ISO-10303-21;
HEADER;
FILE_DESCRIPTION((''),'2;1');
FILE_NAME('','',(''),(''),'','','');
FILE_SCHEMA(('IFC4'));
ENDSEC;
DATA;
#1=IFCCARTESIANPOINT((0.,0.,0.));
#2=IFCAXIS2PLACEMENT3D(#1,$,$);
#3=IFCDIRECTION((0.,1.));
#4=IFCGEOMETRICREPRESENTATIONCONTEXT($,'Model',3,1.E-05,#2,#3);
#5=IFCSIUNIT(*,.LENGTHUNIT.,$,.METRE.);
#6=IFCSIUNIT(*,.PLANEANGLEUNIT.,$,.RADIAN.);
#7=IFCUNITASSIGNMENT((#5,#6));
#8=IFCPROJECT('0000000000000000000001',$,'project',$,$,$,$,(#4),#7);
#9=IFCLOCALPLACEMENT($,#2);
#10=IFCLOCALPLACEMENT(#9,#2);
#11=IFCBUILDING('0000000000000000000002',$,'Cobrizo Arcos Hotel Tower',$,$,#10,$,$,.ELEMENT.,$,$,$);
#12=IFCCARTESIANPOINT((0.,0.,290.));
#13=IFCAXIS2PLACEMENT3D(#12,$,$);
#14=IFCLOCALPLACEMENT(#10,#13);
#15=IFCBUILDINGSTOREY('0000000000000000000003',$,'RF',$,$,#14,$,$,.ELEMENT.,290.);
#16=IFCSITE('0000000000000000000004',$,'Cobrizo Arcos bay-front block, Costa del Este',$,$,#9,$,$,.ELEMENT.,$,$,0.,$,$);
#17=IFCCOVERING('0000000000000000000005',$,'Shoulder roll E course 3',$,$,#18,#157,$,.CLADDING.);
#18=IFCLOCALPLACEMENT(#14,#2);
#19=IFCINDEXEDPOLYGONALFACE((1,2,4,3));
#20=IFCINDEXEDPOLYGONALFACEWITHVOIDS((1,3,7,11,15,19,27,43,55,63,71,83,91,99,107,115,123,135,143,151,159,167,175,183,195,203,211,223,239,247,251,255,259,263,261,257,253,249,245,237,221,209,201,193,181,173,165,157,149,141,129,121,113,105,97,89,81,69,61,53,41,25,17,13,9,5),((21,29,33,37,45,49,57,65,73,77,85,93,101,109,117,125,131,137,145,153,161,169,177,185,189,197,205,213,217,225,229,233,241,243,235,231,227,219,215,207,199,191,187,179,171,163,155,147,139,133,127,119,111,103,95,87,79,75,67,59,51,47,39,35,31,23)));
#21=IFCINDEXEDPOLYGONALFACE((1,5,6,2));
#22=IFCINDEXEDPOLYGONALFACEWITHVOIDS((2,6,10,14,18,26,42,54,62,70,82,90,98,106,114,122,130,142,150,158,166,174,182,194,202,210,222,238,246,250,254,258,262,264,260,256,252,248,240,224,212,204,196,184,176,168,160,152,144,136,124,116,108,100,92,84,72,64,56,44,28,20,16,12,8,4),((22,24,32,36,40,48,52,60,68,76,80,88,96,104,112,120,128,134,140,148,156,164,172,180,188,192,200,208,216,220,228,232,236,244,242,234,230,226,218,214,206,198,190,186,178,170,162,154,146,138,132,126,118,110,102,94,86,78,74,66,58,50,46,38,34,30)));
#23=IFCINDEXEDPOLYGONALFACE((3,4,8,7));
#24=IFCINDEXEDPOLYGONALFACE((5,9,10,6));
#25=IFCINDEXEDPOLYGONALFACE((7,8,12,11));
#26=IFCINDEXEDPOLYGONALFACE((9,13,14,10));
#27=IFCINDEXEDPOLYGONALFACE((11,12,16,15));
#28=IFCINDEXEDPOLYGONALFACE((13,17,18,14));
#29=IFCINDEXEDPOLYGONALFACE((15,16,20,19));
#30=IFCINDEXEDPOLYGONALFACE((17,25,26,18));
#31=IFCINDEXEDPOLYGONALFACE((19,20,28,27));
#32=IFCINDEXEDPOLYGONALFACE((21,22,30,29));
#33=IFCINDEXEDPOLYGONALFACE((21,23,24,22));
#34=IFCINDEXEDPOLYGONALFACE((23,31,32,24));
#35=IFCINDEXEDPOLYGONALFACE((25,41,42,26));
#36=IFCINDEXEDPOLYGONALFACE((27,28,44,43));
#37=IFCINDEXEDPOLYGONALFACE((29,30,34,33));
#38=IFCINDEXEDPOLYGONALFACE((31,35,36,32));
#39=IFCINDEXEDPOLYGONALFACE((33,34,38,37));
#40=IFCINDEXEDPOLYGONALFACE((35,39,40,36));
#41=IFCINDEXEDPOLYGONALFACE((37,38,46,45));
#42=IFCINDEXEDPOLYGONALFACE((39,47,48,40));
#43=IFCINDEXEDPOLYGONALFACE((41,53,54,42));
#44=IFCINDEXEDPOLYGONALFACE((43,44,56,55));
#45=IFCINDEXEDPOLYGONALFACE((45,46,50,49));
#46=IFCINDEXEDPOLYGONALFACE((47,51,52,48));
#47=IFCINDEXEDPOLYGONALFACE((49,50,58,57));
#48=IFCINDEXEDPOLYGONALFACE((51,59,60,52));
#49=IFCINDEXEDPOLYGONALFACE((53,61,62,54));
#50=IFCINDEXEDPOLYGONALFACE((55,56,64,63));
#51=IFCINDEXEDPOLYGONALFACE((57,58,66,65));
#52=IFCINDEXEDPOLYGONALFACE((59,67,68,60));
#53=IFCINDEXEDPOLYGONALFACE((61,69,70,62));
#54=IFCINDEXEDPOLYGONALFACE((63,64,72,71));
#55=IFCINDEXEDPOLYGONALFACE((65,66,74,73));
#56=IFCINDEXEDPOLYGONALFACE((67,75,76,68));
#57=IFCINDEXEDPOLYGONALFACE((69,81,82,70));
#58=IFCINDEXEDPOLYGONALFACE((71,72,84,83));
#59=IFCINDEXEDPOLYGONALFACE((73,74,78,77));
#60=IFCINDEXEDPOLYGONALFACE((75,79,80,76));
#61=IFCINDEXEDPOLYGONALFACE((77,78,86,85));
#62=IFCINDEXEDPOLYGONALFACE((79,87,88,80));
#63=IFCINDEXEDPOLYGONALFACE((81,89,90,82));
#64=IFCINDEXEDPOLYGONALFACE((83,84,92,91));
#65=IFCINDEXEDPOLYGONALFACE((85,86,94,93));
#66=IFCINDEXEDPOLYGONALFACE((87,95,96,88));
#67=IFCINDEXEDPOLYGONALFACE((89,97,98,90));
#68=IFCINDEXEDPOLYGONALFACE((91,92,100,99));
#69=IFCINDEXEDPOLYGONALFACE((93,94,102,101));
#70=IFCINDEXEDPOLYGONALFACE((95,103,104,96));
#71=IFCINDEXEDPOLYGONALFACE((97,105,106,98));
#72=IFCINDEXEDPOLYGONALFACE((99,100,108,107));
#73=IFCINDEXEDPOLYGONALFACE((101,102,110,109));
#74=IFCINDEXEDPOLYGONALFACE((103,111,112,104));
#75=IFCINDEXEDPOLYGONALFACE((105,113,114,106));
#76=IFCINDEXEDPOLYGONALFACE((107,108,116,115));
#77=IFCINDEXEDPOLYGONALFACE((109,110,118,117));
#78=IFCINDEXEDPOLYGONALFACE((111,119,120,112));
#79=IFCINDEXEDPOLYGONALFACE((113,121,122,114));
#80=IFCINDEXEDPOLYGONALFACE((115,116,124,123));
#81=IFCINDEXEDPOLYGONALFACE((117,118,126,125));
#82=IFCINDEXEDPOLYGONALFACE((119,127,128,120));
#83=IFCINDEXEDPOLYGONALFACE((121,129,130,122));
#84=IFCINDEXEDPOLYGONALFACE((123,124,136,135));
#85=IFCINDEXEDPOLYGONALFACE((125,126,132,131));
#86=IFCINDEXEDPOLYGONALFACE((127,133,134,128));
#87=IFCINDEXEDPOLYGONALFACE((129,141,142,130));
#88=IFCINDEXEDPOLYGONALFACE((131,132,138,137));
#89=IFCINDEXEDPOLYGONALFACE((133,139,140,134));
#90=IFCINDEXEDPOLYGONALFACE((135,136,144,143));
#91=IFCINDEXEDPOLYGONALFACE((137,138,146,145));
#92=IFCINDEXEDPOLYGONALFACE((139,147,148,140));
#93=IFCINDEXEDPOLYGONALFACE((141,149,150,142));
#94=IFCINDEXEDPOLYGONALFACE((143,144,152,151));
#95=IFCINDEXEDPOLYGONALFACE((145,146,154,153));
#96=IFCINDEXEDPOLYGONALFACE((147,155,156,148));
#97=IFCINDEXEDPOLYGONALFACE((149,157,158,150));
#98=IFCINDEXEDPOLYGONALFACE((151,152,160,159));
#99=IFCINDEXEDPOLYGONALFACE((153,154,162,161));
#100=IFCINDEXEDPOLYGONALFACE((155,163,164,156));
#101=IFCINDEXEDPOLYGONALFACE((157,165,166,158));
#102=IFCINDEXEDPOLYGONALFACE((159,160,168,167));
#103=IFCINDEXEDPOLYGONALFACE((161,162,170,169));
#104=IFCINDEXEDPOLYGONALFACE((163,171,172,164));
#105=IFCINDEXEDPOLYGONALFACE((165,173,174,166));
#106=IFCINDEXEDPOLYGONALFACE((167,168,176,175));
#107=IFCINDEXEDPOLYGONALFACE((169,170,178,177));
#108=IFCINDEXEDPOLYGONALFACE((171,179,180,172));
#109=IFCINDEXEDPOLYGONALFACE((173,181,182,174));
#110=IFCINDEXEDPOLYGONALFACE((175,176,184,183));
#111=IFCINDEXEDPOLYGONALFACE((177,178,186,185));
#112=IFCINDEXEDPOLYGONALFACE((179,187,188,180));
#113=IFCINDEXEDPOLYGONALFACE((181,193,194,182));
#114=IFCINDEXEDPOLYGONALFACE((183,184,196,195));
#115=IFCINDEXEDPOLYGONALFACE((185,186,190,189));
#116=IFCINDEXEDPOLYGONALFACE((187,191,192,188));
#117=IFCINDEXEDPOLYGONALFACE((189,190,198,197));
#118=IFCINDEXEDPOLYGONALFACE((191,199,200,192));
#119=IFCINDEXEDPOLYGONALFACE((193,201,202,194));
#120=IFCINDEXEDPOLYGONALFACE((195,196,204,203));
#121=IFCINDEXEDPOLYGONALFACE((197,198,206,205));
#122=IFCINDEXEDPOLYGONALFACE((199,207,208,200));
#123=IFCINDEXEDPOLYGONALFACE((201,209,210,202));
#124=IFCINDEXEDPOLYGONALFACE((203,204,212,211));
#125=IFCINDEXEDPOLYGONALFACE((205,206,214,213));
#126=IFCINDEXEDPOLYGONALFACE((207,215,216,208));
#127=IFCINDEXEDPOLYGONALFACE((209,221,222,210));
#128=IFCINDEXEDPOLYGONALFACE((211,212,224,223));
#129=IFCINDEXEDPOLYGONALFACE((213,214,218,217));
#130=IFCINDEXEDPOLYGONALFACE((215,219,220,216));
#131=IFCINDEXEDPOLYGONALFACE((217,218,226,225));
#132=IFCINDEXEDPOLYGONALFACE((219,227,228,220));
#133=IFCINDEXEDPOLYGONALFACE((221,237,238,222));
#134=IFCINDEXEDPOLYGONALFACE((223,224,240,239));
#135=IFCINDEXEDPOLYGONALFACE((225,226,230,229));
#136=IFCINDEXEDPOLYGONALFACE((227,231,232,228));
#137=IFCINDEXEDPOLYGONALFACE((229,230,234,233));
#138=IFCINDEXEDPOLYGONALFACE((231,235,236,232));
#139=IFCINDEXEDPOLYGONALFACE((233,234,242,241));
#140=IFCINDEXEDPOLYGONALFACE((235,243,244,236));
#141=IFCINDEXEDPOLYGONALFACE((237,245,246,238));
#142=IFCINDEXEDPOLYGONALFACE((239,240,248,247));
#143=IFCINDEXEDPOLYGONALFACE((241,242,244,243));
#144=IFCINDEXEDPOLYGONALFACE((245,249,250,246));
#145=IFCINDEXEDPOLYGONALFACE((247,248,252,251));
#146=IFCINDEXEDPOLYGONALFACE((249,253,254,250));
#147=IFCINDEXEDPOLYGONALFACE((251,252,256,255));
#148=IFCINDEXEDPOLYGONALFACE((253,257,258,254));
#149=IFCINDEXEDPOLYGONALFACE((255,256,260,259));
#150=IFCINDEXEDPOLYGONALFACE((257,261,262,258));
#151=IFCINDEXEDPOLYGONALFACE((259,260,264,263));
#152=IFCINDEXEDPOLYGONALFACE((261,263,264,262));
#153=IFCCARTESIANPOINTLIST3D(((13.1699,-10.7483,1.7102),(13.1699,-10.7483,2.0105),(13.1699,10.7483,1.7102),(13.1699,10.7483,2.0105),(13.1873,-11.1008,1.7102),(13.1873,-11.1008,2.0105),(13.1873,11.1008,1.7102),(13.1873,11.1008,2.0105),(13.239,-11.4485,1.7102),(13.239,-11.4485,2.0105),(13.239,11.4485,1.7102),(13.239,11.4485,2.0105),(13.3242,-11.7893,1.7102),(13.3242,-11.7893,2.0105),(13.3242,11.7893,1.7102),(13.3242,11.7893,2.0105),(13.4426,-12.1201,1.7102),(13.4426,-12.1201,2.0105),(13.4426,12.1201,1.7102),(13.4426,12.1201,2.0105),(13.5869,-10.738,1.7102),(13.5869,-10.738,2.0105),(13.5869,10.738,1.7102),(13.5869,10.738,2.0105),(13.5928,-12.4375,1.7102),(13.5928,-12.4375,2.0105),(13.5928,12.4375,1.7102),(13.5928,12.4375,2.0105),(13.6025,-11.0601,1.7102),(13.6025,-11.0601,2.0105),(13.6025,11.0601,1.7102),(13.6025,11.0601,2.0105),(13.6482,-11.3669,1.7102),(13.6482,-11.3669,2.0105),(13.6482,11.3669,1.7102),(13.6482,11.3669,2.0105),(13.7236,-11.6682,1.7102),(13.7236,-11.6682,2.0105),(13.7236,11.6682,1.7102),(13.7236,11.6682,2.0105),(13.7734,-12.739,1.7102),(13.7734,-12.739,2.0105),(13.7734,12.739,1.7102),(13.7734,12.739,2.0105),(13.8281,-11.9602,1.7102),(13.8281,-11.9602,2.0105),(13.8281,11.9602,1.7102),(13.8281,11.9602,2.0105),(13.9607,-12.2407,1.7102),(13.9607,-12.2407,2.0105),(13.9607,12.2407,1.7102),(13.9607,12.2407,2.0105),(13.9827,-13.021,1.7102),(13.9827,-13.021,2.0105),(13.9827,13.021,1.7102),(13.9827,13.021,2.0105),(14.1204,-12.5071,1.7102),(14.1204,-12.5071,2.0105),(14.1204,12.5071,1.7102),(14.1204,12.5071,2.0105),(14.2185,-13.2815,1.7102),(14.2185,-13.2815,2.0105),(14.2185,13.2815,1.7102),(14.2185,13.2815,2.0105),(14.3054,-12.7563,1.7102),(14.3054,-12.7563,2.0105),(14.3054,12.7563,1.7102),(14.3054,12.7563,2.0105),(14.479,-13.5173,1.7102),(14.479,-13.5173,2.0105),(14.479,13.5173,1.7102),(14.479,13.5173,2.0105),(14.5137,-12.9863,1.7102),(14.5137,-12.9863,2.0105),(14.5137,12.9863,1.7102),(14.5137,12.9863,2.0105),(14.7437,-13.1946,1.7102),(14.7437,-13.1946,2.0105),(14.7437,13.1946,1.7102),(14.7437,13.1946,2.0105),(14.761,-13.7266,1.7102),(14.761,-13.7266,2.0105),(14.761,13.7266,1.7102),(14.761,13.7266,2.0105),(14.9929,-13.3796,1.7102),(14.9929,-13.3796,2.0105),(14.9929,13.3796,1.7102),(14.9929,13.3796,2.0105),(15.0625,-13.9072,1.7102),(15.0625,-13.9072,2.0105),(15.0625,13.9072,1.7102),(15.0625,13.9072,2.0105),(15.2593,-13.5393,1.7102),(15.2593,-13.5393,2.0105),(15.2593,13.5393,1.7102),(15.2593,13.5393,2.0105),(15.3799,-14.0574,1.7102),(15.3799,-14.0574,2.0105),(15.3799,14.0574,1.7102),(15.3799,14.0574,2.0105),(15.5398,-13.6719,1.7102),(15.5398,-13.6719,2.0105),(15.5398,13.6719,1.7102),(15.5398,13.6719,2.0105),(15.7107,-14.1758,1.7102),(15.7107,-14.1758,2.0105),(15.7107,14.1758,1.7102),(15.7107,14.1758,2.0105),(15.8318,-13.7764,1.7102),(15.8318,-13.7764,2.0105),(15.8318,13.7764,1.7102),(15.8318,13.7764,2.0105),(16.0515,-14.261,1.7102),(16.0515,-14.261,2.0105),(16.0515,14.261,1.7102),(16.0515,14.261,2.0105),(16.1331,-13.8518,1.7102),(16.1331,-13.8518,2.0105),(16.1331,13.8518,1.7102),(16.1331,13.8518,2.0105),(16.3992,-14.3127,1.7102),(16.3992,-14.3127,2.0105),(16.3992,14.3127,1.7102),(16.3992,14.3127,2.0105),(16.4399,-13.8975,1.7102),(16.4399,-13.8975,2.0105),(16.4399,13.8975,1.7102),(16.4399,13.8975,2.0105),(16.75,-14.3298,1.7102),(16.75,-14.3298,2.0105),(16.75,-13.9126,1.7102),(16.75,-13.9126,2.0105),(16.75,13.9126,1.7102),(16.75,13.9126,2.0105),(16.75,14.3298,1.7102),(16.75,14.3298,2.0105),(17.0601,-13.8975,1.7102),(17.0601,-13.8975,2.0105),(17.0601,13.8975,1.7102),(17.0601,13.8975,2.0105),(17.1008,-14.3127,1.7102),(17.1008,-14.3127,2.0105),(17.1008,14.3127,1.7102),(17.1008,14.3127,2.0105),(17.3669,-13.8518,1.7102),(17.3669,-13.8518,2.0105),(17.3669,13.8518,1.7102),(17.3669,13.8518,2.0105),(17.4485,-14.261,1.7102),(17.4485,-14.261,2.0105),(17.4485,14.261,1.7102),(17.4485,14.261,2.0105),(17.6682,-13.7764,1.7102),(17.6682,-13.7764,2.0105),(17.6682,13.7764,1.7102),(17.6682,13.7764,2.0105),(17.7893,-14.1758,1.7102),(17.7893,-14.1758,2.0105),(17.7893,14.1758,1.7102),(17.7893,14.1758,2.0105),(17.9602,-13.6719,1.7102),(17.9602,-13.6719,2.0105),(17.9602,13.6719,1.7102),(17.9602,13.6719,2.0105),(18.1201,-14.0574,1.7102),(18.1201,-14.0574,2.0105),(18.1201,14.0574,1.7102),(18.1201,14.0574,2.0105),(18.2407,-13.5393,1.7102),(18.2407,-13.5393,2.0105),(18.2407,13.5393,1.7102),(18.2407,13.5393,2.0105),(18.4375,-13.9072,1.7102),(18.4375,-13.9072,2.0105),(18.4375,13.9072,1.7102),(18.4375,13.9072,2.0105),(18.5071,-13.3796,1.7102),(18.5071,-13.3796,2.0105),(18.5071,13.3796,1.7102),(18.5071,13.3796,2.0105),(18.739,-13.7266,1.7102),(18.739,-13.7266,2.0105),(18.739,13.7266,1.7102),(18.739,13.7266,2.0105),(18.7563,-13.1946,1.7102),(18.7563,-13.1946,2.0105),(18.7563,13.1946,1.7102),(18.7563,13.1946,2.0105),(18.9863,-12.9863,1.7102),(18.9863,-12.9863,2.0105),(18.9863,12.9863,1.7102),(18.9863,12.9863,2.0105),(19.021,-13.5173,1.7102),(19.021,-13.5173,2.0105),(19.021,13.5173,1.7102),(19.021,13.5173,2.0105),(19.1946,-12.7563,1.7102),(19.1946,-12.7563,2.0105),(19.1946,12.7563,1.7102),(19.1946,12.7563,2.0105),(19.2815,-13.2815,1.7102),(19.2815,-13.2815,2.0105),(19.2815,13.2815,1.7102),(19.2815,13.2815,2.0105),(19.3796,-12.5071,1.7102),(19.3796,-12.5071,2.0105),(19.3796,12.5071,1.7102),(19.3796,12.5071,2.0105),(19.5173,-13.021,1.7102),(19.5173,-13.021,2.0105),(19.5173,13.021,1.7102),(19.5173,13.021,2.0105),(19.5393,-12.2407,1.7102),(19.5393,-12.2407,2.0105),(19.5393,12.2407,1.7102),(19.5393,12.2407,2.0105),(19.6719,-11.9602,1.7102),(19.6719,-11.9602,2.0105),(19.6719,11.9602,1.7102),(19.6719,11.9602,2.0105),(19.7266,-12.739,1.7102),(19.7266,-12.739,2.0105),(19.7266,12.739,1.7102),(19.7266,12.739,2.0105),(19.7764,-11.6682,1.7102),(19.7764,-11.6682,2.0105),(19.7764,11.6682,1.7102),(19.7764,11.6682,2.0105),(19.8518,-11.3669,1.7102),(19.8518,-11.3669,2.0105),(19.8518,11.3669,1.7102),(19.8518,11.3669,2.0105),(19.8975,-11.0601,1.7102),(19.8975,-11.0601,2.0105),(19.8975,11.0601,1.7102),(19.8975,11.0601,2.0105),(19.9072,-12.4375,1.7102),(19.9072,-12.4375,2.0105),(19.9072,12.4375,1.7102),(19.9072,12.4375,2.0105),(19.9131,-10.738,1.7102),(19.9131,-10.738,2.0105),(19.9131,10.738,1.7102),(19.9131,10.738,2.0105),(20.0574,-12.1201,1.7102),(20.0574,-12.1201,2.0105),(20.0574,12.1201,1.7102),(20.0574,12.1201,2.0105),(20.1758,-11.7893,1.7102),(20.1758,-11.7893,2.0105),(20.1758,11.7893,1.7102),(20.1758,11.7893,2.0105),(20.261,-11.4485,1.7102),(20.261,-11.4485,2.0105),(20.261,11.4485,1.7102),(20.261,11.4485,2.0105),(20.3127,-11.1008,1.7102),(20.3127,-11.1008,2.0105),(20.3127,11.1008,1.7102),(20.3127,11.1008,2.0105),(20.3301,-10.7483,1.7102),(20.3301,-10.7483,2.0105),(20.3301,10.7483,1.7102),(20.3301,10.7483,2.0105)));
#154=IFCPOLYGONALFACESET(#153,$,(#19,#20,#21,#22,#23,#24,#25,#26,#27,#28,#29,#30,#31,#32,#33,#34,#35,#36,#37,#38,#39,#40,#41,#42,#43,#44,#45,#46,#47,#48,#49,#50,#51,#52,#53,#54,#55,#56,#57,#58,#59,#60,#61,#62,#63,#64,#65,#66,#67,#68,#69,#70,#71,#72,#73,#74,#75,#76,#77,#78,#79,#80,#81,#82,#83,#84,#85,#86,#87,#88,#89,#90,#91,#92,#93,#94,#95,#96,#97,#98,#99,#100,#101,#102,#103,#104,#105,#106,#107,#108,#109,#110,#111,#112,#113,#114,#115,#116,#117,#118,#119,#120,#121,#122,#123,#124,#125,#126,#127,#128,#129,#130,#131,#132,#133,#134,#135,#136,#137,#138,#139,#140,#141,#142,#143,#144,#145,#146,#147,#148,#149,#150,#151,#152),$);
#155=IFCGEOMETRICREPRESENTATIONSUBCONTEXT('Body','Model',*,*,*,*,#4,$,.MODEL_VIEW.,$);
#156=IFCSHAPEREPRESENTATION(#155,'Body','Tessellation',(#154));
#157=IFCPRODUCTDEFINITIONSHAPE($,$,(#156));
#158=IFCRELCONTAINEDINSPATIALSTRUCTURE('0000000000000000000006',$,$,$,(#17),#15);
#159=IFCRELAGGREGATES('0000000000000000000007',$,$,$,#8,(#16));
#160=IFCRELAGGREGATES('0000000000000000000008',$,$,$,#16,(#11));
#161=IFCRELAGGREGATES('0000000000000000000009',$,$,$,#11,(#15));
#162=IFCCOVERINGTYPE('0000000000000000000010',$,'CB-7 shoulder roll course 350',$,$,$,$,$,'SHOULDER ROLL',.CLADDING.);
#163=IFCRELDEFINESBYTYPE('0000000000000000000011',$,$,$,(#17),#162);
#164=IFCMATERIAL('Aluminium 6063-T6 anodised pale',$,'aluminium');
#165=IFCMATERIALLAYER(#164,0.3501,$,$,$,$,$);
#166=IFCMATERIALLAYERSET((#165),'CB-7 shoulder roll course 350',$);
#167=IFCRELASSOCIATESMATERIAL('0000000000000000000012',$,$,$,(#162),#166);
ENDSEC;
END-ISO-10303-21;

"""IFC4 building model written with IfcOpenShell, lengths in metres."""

from ifc_helpers import new_model, si_unit, direction, frame, origin, place, context, subcontext, project, spatial, polyline, outline, extrude, material, layer, layer_set, type_object, element, save


model = new_model("IFC4")

# Units and contexts
model_context = context("Model", 3, precision=1e-05, world=origin(), true_north=direction((0.0, 1.0)))
body_context = subcontext(model_context, "Body", "Model", "MODEL_VIEW")
ifc_project = project(units=[si_unit("LENGTHUNIT", "METRE"), si_unit("PLANEANGLEUNIT", "RADIAN")], contexts=[model_context])

# Site, building, storey
site_placement = place(None, origin())
site = spatial("IfcSite", under=ifc_project, at=site_placement, Name="Cobrizo Arcos bay-front block, Costa del Este", CompositionType="ELEMENT", RefElevation=0.0)
building_placement = place(site_placement, origin())
building = spatial("IfcBuilding", under=site, at=building_placement, Name="Cobrizo Arcos Hotel Tower", CompositionType="ELEMENT")
storey_placement = place(building_placement, frame((0.0, 0.0, 290.0)))
storey = spatial("IfcBuildingStorey", under=building, at=storey_placement, Name="RF", CompositionType="ELEMENT", Elevation=290.0)

# Covering
ifc_material_1 = material(Name="Aluminium 6063-T6 anodised pale", Category="aluminium")
ifc_layer_1 = layer(ifc_material_1, 0.3501)
ifc_layer_set_1 = layer_set([ifc_layer_1], Name="CB-7 shoulder roll course 350")
covering_type_1 = type_object("IfcCoveringType", Name="CB-7 shoulder roll course 350", ElementType="SHOULDER ROLL", PredefinedType="CLADDING", material=ifc_layer_set_1)
covering_1_placement = place(storey_placement, frame((0.0, 0.0, 1.7102)))
element("IfcCovering", 1, at=covering_1_placement, inside=storey, type_object=covering_type_1, Name="Shoulder roll E course 3", PredefinedType="CLADDING", context=body_context, shape_type="SweptSolid", body=[
    extrude(outline(polyline([(13.1699, 10.7483), (13.1873, 11.1008), (13.239, 11.4485), (13.3242, 11.7893), (13.4426, 12.1201), (13.5928, 12.4375), (13.7734, 12.739), (13.9827, 13.021), (14.2185, 13.2815), (14.479, 13.5173), (14.761, 13.7266), (15.0625, 13.9072), (15.3799, 14.0574), (15.7107, 14.1758), (16.0515, 14.261), (16.3992, 14.3127), (16.75, 14.3298), (17.1008, 14.3127), (17.4485, 14.261), (17.7893, 14.1758), (18.1201, 14.0574), (18.4375, 13.9072), (18.739, 13.7266), (19.021, 13.5173), (19.2815, 13.2815), (19.5173, 13.021), (19.7266, 12.739), (19.9072, 12.4375), (20.0574, 12.1201), (20.1758, 11.7893), (20.261, 11.4485), (20.3127, 11.1008), (20.3301, 10.7483), (20.3301, -10.7483), (20.3127, -11.1008), (20.261, -11.4485), (20.1758, -11.7893), (20.0574, -12.1201), (19.9072, -12.4375), (19.7266, -12.739), (19.5173, -13.021), (19.2815, -13.2815), (19.021, -13.5173), (18.739, -13.7266), (18.4375, -13.9072), (18.1201, -14.0574), (17.7893, -14.1758), (17.4485, -14.261), (17.1008, -14.3127), (16.75, -14.3298), (16.3992, -14.3127), (16.0515, -14.261), (15.7107, -14.1758), (15.3799, -14.0574), (15.0625, -13.9072), (14.761, -13.7266), (14.479, -13.5173), (14.2185, -13.2815), (13.9827, -13.021), (13.7734, -12.739), (13.5928, -12.4375), (13.4426, -12.1201), (13.3242, -11.7893), (13.239, -11.4485), (13.1873, -11.1008), (13.1699, -10.7483), (13.1699, 10.7483)]), holes=[polyline([(13.5869, 10.738), (13.6025, 11.0601), (13.6482, 11.3669), (13.7236, 11.6682), (13.8281, 11.9602), (13.9607, 12.2407), (14.1204, 12.5071), (14.3054, 12.7563), (14.5137, 12.9863), (14.7437, 13.1946), (14.9929, 13.3796), (15.2593, 13.5393), (15.5398, 13.6719), (15.8318, 13.7764), (16.1331, 13.8518), (16.4399, 13.8975), (16.75, 13.9126), (17.0601, 13.8975), (17.3669, 13.8518), (17.6682, 13.7764), (17.9602, 13.6719), (18.2407, 13.5393), (18.5071, 13.3796), (18.7563, 13.1946), (18.9863, 12.9863), (19.1946, 12.7563), (19.3796, 12.5071), (19.5393, 12.2407), (19.6719, 11.9602), (19.7764, 11.6682), (19.8518, 11.3669), (19.8975, 11.0601), (19.9131, 10.738), (19.9131, -10.738), (19.8975, -11.0601), (19.8518, -11.3669), (19.7764, -11.6682), (19.6719, -11.9602), (19.5393, -12.2407), (19.3796, -12.5071), (19.1946, -12.7563), (18.9863, -12.9863), (18.7563, -13.1946), (18.5071, -13.3796), (18.2407, -13.5393), (17.9602, -13.6719), (17.6682, -13.7764), (17.3669, -13.8518), (17.0601, -13.8975), (16.75, -13.9126), (16.4399, -13.8975), (16.1331, -13.8518), (15.8318, -13.7764), (15.5398, -13.6719), (15.2593, -13.5393), (14.9929, -13.3796), (14.7437, -13.1946), (14.5137, -12.9863), (14.3054, -12.7563), (14.1204, -12.5071), (13.9607, -12.2407), (13.8281, -11.9602), (13.7236, -11.6682), (13.6482, -11.3669), (13.6025, -11.0601), (13.5869, -10.738), (13.5869, 10.738)])]), origin(), (0.0, 0.0, 1.0), 0.3003),
])

save(model, "model.ifc")
